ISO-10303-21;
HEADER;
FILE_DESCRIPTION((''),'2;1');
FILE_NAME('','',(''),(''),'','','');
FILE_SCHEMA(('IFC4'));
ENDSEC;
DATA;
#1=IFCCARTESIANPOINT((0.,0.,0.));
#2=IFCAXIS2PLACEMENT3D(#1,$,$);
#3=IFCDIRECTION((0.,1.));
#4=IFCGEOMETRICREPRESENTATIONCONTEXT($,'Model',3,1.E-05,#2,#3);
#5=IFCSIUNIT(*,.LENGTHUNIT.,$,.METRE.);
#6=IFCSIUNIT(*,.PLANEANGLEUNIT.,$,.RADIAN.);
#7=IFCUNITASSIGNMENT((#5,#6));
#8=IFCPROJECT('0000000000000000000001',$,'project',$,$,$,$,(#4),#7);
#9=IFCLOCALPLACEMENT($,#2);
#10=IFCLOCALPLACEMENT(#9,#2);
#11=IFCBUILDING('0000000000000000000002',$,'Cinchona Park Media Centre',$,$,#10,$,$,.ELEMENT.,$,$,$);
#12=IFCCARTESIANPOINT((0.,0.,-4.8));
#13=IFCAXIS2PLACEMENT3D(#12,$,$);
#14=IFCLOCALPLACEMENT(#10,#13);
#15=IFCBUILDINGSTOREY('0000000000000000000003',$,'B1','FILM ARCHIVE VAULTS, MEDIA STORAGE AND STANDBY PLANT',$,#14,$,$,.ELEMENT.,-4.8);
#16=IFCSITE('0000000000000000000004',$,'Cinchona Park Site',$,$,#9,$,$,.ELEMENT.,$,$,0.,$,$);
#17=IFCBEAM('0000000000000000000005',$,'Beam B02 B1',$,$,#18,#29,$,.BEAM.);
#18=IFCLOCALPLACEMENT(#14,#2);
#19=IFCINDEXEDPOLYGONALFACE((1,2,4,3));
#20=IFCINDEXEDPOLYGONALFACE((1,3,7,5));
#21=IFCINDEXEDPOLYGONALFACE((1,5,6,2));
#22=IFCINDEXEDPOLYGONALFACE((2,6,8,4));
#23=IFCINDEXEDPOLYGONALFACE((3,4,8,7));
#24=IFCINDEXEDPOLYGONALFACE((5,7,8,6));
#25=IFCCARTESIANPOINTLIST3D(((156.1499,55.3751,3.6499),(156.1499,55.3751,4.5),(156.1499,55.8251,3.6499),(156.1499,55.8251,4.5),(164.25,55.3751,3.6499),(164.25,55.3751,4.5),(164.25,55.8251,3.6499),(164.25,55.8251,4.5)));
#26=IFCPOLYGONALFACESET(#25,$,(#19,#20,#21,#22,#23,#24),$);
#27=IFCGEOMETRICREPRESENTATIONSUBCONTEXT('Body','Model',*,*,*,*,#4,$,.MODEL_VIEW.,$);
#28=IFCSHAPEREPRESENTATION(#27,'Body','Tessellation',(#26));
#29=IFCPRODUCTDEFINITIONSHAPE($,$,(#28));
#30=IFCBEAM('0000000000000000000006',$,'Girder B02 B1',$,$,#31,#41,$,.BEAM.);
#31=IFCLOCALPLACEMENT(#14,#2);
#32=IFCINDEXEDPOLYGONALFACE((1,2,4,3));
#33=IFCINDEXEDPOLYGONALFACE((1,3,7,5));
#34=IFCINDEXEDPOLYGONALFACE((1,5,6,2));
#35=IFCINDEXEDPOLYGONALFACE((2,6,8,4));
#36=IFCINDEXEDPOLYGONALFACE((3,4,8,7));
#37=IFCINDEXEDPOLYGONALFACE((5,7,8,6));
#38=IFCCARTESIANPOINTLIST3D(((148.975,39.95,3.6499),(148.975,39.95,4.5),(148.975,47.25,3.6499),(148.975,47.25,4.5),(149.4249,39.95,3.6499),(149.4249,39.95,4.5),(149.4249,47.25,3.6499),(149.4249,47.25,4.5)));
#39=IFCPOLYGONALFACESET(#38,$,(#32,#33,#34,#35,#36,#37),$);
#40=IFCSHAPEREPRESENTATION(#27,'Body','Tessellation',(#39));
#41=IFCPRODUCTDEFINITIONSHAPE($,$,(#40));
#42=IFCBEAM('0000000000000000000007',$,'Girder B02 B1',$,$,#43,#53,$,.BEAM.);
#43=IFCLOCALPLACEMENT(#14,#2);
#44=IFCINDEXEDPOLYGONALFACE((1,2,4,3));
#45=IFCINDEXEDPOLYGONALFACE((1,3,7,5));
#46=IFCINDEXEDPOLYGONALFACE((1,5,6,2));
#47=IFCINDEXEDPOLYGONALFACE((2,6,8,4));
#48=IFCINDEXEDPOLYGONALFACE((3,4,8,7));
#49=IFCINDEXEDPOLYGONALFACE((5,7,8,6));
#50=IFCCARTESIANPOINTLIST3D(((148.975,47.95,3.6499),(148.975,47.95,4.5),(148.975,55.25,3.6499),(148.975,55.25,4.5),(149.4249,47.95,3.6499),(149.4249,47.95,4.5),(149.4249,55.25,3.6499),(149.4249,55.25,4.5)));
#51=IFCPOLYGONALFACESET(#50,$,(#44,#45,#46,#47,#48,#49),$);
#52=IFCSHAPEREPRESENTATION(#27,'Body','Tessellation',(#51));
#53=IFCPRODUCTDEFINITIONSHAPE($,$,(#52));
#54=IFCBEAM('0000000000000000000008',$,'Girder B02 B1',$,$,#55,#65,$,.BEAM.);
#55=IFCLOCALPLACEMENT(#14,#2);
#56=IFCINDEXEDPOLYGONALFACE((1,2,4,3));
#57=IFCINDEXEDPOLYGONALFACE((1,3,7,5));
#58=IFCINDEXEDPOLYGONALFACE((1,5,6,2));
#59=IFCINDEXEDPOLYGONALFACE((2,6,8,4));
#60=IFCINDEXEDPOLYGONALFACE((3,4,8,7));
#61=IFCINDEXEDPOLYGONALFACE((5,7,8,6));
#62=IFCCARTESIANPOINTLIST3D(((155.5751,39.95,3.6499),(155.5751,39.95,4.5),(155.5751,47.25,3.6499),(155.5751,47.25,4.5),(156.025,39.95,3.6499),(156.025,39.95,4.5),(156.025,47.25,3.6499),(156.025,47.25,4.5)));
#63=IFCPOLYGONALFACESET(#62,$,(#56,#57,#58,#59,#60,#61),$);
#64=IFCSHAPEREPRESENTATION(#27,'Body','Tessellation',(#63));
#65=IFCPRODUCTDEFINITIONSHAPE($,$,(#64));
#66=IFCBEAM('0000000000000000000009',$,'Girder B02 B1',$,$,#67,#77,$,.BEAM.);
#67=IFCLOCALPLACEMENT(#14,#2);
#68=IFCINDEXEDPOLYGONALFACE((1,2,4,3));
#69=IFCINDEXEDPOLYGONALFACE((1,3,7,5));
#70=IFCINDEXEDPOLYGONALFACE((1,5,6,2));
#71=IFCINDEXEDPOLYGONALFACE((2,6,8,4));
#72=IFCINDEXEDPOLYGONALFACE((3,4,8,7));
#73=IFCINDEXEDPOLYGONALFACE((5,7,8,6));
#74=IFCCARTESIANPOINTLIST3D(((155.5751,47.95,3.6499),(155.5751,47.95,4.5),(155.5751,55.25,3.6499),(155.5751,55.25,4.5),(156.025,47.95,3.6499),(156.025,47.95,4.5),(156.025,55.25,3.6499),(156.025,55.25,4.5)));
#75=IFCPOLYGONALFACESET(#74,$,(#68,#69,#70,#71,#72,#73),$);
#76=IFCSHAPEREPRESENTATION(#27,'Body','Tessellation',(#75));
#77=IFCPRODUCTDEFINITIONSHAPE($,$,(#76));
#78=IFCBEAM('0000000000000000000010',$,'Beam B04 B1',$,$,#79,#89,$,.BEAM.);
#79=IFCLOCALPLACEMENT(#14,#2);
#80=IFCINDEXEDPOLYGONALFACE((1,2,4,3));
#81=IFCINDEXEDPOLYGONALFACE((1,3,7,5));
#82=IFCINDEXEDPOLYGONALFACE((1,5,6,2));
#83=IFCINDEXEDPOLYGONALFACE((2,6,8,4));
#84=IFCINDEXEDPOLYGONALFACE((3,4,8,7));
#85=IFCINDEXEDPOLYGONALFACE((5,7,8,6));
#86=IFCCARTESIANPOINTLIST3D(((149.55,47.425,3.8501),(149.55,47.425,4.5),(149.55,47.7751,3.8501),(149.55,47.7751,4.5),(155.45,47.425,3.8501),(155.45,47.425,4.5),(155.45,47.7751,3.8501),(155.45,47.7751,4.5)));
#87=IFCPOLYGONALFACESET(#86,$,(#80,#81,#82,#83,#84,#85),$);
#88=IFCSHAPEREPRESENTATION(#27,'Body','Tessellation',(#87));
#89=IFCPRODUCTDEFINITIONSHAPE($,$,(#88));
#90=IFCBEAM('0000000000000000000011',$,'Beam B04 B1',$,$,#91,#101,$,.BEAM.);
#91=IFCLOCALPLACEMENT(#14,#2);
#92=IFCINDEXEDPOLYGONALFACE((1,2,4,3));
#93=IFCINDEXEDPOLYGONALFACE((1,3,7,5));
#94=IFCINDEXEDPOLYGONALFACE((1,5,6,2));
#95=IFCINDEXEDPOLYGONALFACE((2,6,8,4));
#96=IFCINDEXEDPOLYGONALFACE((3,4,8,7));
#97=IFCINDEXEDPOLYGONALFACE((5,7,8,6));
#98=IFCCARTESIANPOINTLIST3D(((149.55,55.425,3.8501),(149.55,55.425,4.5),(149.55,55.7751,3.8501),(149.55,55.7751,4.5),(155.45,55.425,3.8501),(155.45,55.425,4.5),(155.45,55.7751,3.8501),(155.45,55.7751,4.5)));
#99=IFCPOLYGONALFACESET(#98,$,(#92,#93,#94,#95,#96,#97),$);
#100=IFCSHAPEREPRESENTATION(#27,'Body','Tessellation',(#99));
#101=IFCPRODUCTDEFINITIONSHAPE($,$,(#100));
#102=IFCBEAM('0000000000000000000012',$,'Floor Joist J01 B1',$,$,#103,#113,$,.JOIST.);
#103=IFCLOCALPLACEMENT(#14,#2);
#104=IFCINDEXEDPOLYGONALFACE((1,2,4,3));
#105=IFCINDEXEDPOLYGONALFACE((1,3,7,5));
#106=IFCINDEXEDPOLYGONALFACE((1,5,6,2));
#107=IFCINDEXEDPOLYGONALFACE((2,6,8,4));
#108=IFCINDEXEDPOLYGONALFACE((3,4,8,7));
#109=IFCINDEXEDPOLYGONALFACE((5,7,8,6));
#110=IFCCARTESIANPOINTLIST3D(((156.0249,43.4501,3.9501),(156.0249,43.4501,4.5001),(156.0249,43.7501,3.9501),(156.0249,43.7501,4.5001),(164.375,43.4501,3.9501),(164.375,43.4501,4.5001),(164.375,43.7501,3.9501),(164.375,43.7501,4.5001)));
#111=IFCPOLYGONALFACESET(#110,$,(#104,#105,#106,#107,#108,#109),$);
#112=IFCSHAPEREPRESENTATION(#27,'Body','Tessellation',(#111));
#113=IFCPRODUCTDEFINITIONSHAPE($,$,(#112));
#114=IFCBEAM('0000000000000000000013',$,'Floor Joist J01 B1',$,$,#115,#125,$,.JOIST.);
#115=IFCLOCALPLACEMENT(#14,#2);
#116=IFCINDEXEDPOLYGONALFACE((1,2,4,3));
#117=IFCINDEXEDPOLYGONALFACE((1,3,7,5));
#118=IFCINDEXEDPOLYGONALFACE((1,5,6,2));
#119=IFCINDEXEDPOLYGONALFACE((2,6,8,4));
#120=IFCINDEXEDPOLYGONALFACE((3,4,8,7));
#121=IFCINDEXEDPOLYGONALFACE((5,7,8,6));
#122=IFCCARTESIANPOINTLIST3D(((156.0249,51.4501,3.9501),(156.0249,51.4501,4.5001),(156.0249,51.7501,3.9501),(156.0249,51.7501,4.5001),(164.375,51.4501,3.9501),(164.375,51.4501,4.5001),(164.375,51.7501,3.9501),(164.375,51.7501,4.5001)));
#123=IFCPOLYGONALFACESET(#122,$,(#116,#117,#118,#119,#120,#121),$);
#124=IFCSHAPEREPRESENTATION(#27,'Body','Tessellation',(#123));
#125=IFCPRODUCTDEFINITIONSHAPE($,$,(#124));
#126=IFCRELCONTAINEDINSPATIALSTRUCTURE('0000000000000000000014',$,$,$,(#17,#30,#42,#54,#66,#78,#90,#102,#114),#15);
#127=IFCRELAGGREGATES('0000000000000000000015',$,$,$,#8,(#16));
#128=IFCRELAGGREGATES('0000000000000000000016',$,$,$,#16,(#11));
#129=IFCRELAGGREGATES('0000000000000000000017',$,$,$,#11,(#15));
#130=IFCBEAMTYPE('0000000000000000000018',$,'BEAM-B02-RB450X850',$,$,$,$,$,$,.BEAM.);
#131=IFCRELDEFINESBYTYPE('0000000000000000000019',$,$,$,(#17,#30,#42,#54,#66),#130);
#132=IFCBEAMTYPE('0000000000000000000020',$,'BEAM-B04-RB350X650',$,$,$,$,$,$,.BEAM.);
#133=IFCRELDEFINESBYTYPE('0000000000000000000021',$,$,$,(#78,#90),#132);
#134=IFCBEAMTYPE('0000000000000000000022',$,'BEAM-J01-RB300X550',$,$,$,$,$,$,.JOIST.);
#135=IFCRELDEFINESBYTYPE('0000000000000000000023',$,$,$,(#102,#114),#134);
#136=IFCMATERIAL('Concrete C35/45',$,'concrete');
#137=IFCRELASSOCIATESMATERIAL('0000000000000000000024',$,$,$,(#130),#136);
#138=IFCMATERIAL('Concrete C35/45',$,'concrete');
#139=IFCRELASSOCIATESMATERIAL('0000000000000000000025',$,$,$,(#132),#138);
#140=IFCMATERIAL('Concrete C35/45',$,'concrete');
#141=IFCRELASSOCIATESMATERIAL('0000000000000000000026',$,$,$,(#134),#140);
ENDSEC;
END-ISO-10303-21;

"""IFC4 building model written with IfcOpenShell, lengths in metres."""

from ifc_helpers import new_model, si_unit, direction, frame, origin, origin_2d, place, context, subcontext, project, spatial, rectangle, extrude, material, material_profile, profile_set, type_object, element, save


model = new_model("IFC4")

# Units and contexts
model_context = context("Model", 3, precision=1e-05, world=origin(), true_north=direction((0.0, 1.0)))
body_context = subcontext(model_context, "Body", "Model", "MODEL_VIEW")
ifc_project = project(units=[si_unit("LENGTHUNIT", "METRE"), si_unit("PLANEANGLEUNIT", "RADIAN")], contexts=[model_context])

# Site, building, storey
site_placement = place(None, origin())
site = spatial("IfcSite", under=ifc_project, at=site_placement, Name="Cinchona Park Site", CompositionType="ELEMENT", RefElevation=0.0)
building_placement = place(site_placement, origin())
building = spatial("IfcBuilding", under=site, at=building_placement, Name="Cinchona Park Media Centre", CompositionType="ELEMENT")
storey_placement = place(building_placement, frame((0.0, 0.0, -4.8)))
storey = spatial("IfcBuildingStorey", under=building, at=storey_placement, Name="B1", Description="FILM ARCHIVE VAULTS, MEDIA STORAGE AND STANDBY PLANT", CompositionType="ELEMENT", Elevation=-4.8)

# Beams
ifc_material_1 = material(Name="Concrete C35/45", Category="concrete")
ifc_material_profile_1 = material_profile(ifc_material_1, rectangle(XDim=0.45, YDim=0.8501, at=origin_2d()), Name="RB 450X850")
ifc_profile_set_1 = profile_set([ifc_material_profile_1], Name="Concrete C35/45")
beam_type_1 = type_object("IfcBeamType", Name="BEAM-B02-RB450X850", PredefinedType="BEAM", material=ifc_profile_set_1)
for number, where, z_axis, x_axis, name in (
    (1, (156.1499, 55.6001, 4.075), (1.0, 0.0, 0.0), (0.0, 1.0, 0.0), "Beam B02 B1"),
):
    element("IfcBeam", number, at=place(storey_placement, frame(where, z_axis=z_axis, x_axis=x_axis)), inside=storey, type_object=beam_type_1, Name=name, PredefinedType="BEAM", context=body_context, shape_type="SweptSolid", body=[
        extrude(rectangle(XDim=0.45, YDim=0.8501, at=origin_2d()), origin(), (0.0, 0.0, 1.0), 8.1001),
    ])
for number, where, z_axis, x_axis, name in (
    (2, (149.2, 39.95, 4.075), (0.0, 1.0, 0.0), (-1.0, 0.0, 0.0), "Girder B02 B1"),
    (3, (149.2, 47.95, 4.075), (0.0, 1.0, 0.0), (-1.0, 0.0, 0.0), "Girder B02 B1"),
    (4, (155.8, 39.95, 4.075), (0.0, 1.0, 0.0), (-1.0, 0.0, 0.0), "Girder B02 B1"),
    (5, (155.8, 47.95, 4.075), (0.0, 1.0, 0.0), (-1.0, 0.0, 0.0), "Girder B02 B1"),
):
    element("IfcBeam", number, at=place(storey_placement, frame(where, z_axis=z_axis, x_axis=x_axis)), inside=storey, type_object=beam_type_1, Name=name, PredefinedType="BEAM", context=body_context, shape_type="SweptSolid", body=[
        extrude(rectangle(XDim=0.45, YDim=0.8501, at=origin_2d()), origin(), (0.0, 0.0, 1.0), 7.3),
    ])
ifc_material_2 = material(Name="Concrete C35/45", Category="concrete")
ifc_material_profile_2 = material_profile(ifc_material_2, rectangle(XDim=0.3501, YDim=0.6499, at=origin_2d()), Name="RB 350X650")
ifc_profile_set_2 = profile_set([ifc_material_profile_2], Name="Concrete C35/45")
beam_type_2 = type_object("IfcBeamType", Name="BEAM-B04-RB350X650", PredefinedType="BEAM", material=ifc_profile_set_2)
for number, where, z_axis, x_axis, name in (
    (6, (149.55, 47.6001, 4.175), (1.0, 0.0, 0.0), (0.0, 1.0, 0.0), "Beam B04 B1"),
    (7, (149.55, 55.6001, 4.175), (1.0, 0.0, 0.0), (0.0, 1.0, 0.0), "Beam B04 B1"),
):
    element("IfcBeam", number, at=place(storey_placement, frame(where, z_axis=z_axis, x_axis=x_axis)), inside=storey, type_object=beam_type_2, Name=name, PredefinedType="BEAM", context=body_context, shape_type="SweptSolid", body=[
        extrude(rectangle(XDim=0.3501, YDim=0.6499, at=origin_2d()), origin(), (0.0, 0.0, 1.0), 5.8999),
    ])
ifc_material_3 = material(Name="Concrete C35/45", Category="concrete")
ifc_material_profile_3 = material_profile(ifc_material_3, rectangle(XDim=0.3, YDim=0.55, at=origin_2d()), Name="RB 300X550")
ifc_profile_set_3 = profile_set([ifc_material_profile_3], Name="Concrete C35/45")
beam_type_3 = type_object("IfcBeamType", Name="BEAM-J01-RB300X550", PredefinedType="JOIST", material=ifc_profile_set_3)
for number, where, z_axis, x_axis, name in (
    (8, (156.0249, 43.6001, 4.2251), (1.0, 0.0, 0.0), (0.0, 1.0, 0.0), "Floor Joist J01 B1"),
    (9, (156.0249, 51.6001, 4.2251), (1.0, 0.0, 0.0), (0.0, 1.0, 0.0), "Floor Joist J01 B1"),
):
    element("IfcBeam", number, at=place(storey_placement, frame(where, z_axis=z_axis, x_axis=x_axis)), inside=storey, type_object=beam_type_3, Name=name, PredefinedType="JOIST", context=body_context, shape_type="SweptSolid", body=[
        extrude(rectangle(XDim=0.3, YDim=0.55, at=origin_2d()), origin(), (0.0, 0.0, 1.0), 8.3501),
    ])

save(model, "model.ifc")
